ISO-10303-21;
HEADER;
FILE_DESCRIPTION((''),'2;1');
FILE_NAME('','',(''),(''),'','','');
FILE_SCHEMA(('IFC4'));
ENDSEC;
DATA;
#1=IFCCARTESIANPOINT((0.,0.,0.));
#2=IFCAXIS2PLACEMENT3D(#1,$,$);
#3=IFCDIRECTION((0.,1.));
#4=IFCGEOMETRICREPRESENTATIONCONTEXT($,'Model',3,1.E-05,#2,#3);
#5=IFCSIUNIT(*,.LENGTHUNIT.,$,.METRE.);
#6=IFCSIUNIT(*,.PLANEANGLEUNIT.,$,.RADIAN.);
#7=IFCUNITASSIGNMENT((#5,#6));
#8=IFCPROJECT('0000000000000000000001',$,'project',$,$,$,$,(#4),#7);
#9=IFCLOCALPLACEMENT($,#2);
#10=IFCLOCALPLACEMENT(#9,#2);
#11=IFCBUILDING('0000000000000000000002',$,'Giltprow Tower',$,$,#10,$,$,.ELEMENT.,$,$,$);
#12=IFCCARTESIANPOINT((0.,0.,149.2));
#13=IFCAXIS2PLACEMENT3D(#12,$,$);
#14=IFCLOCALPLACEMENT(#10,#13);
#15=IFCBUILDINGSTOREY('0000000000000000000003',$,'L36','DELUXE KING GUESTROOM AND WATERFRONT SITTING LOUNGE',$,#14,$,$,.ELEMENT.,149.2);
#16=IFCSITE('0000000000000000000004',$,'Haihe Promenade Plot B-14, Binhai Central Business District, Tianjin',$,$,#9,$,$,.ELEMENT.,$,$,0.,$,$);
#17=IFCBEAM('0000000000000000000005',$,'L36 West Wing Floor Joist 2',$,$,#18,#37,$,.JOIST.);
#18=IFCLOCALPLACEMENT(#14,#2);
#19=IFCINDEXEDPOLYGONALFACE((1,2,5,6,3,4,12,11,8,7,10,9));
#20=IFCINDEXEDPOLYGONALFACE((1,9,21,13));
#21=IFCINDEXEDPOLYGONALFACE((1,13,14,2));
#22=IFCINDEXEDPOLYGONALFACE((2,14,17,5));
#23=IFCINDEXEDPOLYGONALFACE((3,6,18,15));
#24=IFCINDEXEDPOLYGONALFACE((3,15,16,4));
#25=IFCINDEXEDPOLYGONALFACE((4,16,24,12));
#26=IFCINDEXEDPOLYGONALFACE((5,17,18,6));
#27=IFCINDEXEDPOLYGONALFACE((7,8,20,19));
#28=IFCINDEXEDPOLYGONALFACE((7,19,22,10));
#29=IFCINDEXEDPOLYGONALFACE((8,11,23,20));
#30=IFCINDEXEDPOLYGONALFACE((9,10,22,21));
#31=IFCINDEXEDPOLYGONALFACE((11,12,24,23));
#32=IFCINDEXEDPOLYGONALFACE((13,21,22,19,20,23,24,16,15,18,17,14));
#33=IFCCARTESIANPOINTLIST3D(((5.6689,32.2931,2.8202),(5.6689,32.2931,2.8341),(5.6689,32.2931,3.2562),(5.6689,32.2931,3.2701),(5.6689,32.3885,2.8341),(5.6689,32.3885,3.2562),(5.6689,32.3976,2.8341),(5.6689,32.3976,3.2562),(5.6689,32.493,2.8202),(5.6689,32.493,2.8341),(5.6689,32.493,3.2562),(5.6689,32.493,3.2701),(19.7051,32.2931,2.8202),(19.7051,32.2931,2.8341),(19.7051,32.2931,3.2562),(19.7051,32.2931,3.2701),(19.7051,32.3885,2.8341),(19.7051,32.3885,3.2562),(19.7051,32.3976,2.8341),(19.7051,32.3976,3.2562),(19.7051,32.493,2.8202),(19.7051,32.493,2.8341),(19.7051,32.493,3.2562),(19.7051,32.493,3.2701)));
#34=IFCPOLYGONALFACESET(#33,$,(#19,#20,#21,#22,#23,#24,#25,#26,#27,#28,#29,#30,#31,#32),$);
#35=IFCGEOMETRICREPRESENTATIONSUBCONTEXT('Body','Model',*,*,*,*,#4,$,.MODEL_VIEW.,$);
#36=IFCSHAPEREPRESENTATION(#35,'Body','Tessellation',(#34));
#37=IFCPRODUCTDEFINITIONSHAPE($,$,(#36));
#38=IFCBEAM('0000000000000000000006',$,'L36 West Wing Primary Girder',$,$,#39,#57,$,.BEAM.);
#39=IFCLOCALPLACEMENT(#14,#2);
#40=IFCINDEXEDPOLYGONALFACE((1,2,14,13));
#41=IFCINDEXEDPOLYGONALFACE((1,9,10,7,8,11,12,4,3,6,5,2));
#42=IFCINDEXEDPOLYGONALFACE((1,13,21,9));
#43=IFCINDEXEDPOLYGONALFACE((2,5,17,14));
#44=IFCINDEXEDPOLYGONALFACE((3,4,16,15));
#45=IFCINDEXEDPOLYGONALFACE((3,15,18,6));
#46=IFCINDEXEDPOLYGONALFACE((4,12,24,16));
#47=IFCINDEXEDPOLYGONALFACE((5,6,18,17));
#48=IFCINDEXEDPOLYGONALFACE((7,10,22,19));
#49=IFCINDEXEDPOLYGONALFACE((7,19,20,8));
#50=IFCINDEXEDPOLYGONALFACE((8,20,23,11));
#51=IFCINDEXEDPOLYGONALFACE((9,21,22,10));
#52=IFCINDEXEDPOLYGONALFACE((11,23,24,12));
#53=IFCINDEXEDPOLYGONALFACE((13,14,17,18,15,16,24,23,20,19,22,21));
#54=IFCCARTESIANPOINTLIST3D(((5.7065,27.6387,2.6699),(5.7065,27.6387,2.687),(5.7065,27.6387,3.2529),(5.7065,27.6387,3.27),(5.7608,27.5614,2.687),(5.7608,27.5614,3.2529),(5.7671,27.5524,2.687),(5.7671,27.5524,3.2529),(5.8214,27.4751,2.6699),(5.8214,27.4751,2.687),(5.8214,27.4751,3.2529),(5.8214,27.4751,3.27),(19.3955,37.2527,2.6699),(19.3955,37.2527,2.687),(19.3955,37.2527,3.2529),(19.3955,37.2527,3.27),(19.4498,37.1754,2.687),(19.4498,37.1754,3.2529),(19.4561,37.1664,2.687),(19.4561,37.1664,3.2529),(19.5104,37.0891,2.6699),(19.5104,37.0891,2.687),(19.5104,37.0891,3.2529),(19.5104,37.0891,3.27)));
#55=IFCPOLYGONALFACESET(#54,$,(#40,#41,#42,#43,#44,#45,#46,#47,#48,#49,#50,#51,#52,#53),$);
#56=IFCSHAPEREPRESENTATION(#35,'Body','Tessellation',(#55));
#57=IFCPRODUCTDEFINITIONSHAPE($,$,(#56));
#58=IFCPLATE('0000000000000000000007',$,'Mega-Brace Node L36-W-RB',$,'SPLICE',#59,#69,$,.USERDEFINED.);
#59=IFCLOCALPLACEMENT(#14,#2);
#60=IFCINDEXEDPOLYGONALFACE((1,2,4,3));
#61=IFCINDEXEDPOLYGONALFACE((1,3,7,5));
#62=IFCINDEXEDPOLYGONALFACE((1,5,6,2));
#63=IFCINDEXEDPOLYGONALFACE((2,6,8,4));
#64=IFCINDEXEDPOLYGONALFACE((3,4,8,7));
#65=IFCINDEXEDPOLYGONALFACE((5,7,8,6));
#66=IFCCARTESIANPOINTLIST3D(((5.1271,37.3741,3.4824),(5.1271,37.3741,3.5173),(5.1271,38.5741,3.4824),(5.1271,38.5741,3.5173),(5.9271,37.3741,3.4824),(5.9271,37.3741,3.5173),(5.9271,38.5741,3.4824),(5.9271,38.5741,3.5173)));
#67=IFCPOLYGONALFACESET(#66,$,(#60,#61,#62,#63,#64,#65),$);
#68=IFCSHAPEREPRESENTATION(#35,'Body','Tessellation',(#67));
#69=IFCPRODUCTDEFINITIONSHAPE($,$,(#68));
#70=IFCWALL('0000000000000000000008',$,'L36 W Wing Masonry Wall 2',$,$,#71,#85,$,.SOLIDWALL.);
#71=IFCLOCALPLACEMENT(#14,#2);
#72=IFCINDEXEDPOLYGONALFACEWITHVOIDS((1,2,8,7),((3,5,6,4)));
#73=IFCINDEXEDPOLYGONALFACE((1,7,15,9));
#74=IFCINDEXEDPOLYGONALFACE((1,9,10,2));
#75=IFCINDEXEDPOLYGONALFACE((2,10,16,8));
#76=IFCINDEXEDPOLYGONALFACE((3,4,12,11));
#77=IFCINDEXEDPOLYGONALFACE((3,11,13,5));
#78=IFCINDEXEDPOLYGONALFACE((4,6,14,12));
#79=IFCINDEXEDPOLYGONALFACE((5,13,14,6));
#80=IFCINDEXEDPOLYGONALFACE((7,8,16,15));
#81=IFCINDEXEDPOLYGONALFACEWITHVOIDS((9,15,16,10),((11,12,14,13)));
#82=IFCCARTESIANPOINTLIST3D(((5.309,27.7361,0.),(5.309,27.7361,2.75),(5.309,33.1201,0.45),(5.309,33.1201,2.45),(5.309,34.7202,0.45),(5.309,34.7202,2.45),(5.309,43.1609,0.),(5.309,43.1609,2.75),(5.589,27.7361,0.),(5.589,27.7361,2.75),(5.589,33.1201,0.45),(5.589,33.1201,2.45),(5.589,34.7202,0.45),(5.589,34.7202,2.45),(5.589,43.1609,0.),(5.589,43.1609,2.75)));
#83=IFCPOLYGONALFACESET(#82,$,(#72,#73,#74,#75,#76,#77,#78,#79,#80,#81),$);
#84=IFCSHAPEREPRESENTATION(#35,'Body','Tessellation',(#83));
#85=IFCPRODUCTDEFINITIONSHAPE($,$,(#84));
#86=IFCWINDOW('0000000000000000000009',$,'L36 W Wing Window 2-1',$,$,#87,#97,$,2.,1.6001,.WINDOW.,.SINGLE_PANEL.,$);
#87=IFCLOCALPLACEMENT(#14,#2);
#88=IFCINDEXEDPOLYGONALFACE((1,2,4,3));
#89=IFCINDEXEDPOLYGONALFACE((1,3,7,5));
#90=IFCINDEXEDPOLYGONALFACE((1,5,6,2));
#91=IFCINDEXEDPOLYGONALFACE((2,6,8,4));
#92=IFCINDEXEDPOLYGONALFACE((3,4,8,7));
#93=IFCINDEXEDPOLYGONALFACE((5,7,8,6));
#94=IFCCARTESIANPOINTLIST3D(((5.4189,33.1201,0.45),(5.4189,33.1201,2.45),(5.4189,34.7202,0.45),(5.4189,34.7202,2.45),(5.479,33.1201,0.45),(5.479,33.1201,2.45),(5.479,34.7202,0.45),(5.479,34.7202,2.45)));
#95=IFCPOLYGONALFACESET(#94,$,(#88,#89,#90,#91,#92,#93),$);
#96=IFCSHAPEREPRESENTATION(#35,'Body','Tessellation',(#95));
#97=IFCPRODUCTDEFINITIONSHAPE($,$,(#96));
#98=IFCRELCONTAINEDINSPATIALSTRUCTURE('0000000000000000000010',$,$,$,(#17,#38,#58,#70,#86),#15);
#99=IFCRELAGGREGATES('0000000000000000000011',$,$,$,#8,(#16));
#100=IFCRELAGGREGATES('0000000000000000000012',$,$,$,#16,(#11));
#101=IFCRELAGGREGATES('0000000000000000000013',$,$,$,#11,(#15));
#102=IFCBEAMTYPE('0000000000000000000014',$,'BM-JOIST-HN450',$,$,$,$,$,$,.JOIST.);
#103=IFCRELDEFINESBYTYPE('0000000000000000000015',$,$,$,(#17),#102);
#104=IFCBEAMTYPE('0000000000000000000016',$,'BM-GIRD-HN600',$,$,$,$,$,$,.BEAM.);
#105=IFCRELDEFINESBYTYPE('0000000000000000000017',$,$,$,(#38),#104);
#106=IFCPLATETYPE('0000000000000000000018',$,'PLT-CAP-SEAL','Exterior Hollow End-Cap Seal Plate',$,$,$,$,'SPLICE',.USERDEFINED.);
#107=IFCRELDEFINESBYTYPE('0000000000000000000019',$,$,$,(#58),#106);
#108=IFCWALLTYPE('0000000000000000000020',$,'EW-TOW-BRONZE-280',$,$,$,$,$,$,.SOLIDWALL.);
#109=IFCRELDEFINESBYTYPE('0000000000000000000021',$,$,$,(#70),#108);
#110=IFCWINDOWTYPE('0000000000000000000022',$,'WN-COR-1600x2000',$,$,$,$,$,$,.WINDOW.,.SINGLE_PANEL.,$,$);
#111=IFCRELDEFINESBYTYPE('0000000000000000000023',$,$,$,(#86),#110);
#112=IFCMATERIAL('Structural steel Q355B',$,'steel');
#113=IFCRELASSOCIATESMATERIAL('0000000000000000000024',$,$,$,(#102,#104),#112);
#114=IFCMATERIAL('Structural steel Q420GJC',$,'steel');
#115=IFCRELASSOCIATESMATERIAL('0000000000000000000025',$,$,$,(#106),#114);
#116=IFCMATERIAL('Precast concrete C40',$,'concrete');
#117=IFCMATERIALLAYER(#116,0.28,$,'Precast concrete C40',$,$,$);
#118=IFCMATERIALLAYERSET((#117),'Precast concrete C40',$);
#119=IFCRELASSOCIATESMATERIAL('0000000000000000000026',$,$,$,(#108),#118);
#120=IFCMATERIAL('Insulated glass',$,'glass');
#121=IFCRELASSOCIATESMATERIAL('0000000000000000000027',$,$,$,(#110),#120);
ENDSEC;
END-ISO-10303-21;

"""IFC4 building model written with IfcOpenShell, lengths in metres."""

from ifc_helpers import new_model, si_unit, direction, frame, frame_2d, origin, origin_2d, place, context, subcontext, project, spatial, rectangle, i_section, extrude, source, transform, mapped, material, layer, layer_set, material_profile, profile_set, type_object, element, fill, save


model = new_model("IFC4")

# Units and contexts
model_context = context("Model", 3, precision=1e-05, world=origin(), true_north=direction((0.0, 1.0)))
body_context = subcontext(model_context, "Body", "Model", "MODEL_VIEW")
ifc_project = project(units=[si_unit("LENGTHUNIT", "METRE"), si_unit("PLANEANGLEUNIT", "RADIAN")], contexts=[model_context])

# Site, building, storey
site_placement = place(None, origin())
site = spatial("IfcSite", under=ifc_project, at=site_placement, Name="Haihe Promenade Plot B-14, Binhai Central Business District, Tianjin", CompositionType="ELEMENT", RefElevation=0.0)
building_placement = place(site_placement, origin())
building = spatial("IfcBuilding", under=site, at=building_placement, Name="Giltprow Tower", CompositionType="ELEMENT")
storey_placement = place(building_placement, frame((0.0, 0.0, 149.2)))
storey = spatial("IfcBuildingStorey", under=building, at=storey_placement, Name="L36", Description="DELUXE KING GUESTROOM AND WATERFRONT SITTING LOUNGE", CompositionType="ELEMENT", Elevation=149.2)

# Beams
ifc_material_1 = material(Name="Structural steel Q355B", Category="steel")
ifc_material_profile_1 = material_profile(ifc_material_1, i_section(OverallWidth=0.2, OverallDepth=0.45, WebThickness=0.009, FlangeThickness=0.0139, at=origin_2d()), Name="HN 450x200x9x14")
ifc_profile_set_1 = profile_set([ifc_material_profile_1], Name="Structural steel Q355B")
beam_type_1 = type_object("IfcBeamType", Name="BM-JOIST-HN450", PredefinedType="JOIST", material=ifc_profile_set_1)
shared_shape_1 = source(origin(), body_context, "Body", "SweptSolid", [
    extrude(i_section(OverallWidth=0.2, OverallDepth=0.45, WebThickness=0.009, FlangeThickness=0.0139, at=origin_2d()), origin(), (0.0, 0.0, 1.0), 14.0361),
])
beam_1_placement = place(storey_placement, frame((5.6689, 32.3931, 3.0452), z_axis=(1.0, 0.0, 0.0), x_axis=(0.0, 1.0, 0.0)))
element("IfcBeam", 1, at=beam_1_placement, inside=storey, type_object=beam_type_1, Name="L36 West Wing Floor Joist 2", PredefinedType="JOIST", context=body_context, shape_type="MappedRepresentation", body=[
    mapped(shared_shape_1, transform((0.0, 0.0, 0.0), x_axis=(1.0, 0.0, 0.0), y_axis=(0.0, 1.0, 0.0), z_axis=(0.0, 0.0, 1.0), scale=1.0)),
])
ifc_material_profile_2 = material_profile(ifc_material_1, i_section(OverallWidth=0.2, OverallDepth=0.6001, WebThickness=0.011, FlangeThickness=0.0171, at=origin_2d()), Name="HN 600x200x11x17")
ifc_profile_set_2 = profile_set([ifc_material_profile_2], Name="Structural steel Q355B")
beam_type_2 = type_object("IfcBeamType", Name="BM-GIRD-HN600", PredefinedType="BEAM", material=ifc_profile_set_2)
shared_shape_2 = source(origin(), body_context, "Body", "SweptSolid", [
    extrude(i_section(OverallWidth=0.2, OverallDepth=0.6001, WebThickness=0.011, FlangeThickness=0.0171, at=origin_2d()), origin(), (0.0, 0.0, 1.0), 16.7278),
])
beam_2_placement = place(storey_placement, frame((5.7639, 27.5569, 2.97), z_axis=(0.81834, 0.574735, 0.0), x_axis=(-0.574735, 0.81834, 0.0)))
element("IfcBeam", 2, at=beam_2_placement, inside=storey, type_object=beam_type_2, Name="L36 West Wing Primary Girder", PredefinedType="BEAM", context=body_context, shape_type="MappedRepresentation", body=[
    mapped(shared_shape_2, transform((0.0, 0.0, 0.0), x_axis=(1.0, 0.0, 0.0), y_axis=(0.0, 1.0, 0.0), z_axis=(0.0, 0.0, 1.0), scale=1.0)),
])

# Plate
ifc_material_2 = material(Name="Structural steel Q420GJC", Category="steel")
plate_type = type_object("IfcPlateType", Name="PLT-CAP-SEAL", Description="Exterior Hollow End-Cap Seal Plate", ElementType="SPLICE", PredefinedType="USERDEFINED", material=ifc_material_2)
shared_shape_3 = source(origin(), body_context, "Body", "SweptSolid", [
    extrude(rectangle(XDim=1.2, YDim=0.8, at=origin_2d()), origin(), (0.0, 0.0, 1.0), 0.0349),
])
plate_placement = place(storey_placement, frame((5.5271, 37.9741, 3.4824), z_axis=(0.0, 0.0, 1.0), x_axis=(0.0, 1.0, 0.0)))
element("IfcPlate", 3, at=plate_placement, inside=storey, type_object=plate_type, Name="Mega-Brace Node L36-W-RB", ObjectType="SPLICE", PredefinedType="USERDEFINED", context=body_context, shape_type="MappedRepresentation", body=[
    mapped(shared_shape_3, transform((0.0, 0.0, 0.0), x_axis=(1.0, 0.0, 0.0), y_axis=(0.0, 1.0, 0.0), z_axis=(0.0, 0.0, 1.0), scale=1.0)),
])

# Wall, opening, window
ifc_material_3 = material(Name="Precast concrete C40", Category="concrete")
ifc_layer_1 = layer(ifc_material_3, 0.28, Name="Precast concrete C40")
ifc_layer_set_1 = layer_set([ifc_layer_1], Name="Precast concrete C40")
wall_type_1 = type_object("IfcWallType", Name="EW-TOW-BRONZE-280", PredefinedType="SOLIDWALL", material=ifc_layer_set_1)
wall_1_placement = place(storey_placement, frame((5.449, 27.7361, 0.0), z_axis=(0.0, 0.0, 1.0), x_axis=(0.0, 1.0, 0.0)))
wall_1 = element("IfcWall", 4, at=wall_1_placement, inside=storey, type_object=wall_type_1, Name="L36 W Wing Masonry Wall 2", PredefinedType="SOLIDWALL", context=body_context, shape_type="SweptSolid", body=[
    extrude(rectangle(XDim=15.4248, YDim=0.28, at=frame_2d((7.7124, 0.0))), origin(), (0.0, 0.0, 1.0), 2.75),
])
opening_1_placement = place(wall_1_placement, frame((5.384, 0.0, 0.45)))
opening_1 = element("IfcOpeningElement", 5, at=opening_1_placement, cuts=wall_1, PredefinedType="OPENING", context=body_context, shape_type="SweptSolid", body=[
    extrude(rectangle(XDim=1.6001, YDim=2.0, at=frame_2d((0.8, 1.0))), frame((0.0, 0.1499, 0.0), z_axis=(0.0, -1.0, 0.0), x_axis=(1.0, 0.0, 0.0)), (0.0, 0.0, 1.0), 0.3),
])
ifc_material_4 = material(Name="Insulated glass", Category="glass")
window_type = type_object("IfcWindowType", Name="WN-COR-1600x2000", PartitioningType="SINGLE_PANEL", PredefinedType="WINDOW", material=ifc_material_4)
shared_shape_4 = source(origin(), body_context, "Body", "SweptSolid", [
    extrude(rectangle(XDim=1.6001, YDim=2.0, at=frame_2d((0.8, 1.0))), frame((0.0, 0.03, 0.0), z_axis=(0.0, -1.0, 0.0), x_axis=(1.0, 0.0, 0.0)), (0.0, 0.0, 1.0), 0.0601),
])
window_placement = place(opening_1_placement, origin())
window = element("IfcWindow", 6, at=window_placement, inside=storey, type_object=window_type, Name="L36 W Wing Window 2-1", OverallHeight=2.0, OverallWidth=1.6001, PartitioningType="SINGLE_PANEL", PredefinedType="WINDOW", context=body_context, shape_type="MappedRepresentation", body=[
    mapped(shared_shape_4, transform((0.0, 0.0, 0.0), x_axis=(1.0, 0.0, 0.0), y_axis=(0.0, 1.0, 0.0), z_axis=(0.0, 0.0, 1.0), scale=1.0)),
])
fill(opening_1, window)

save(model, "model.ifc")
